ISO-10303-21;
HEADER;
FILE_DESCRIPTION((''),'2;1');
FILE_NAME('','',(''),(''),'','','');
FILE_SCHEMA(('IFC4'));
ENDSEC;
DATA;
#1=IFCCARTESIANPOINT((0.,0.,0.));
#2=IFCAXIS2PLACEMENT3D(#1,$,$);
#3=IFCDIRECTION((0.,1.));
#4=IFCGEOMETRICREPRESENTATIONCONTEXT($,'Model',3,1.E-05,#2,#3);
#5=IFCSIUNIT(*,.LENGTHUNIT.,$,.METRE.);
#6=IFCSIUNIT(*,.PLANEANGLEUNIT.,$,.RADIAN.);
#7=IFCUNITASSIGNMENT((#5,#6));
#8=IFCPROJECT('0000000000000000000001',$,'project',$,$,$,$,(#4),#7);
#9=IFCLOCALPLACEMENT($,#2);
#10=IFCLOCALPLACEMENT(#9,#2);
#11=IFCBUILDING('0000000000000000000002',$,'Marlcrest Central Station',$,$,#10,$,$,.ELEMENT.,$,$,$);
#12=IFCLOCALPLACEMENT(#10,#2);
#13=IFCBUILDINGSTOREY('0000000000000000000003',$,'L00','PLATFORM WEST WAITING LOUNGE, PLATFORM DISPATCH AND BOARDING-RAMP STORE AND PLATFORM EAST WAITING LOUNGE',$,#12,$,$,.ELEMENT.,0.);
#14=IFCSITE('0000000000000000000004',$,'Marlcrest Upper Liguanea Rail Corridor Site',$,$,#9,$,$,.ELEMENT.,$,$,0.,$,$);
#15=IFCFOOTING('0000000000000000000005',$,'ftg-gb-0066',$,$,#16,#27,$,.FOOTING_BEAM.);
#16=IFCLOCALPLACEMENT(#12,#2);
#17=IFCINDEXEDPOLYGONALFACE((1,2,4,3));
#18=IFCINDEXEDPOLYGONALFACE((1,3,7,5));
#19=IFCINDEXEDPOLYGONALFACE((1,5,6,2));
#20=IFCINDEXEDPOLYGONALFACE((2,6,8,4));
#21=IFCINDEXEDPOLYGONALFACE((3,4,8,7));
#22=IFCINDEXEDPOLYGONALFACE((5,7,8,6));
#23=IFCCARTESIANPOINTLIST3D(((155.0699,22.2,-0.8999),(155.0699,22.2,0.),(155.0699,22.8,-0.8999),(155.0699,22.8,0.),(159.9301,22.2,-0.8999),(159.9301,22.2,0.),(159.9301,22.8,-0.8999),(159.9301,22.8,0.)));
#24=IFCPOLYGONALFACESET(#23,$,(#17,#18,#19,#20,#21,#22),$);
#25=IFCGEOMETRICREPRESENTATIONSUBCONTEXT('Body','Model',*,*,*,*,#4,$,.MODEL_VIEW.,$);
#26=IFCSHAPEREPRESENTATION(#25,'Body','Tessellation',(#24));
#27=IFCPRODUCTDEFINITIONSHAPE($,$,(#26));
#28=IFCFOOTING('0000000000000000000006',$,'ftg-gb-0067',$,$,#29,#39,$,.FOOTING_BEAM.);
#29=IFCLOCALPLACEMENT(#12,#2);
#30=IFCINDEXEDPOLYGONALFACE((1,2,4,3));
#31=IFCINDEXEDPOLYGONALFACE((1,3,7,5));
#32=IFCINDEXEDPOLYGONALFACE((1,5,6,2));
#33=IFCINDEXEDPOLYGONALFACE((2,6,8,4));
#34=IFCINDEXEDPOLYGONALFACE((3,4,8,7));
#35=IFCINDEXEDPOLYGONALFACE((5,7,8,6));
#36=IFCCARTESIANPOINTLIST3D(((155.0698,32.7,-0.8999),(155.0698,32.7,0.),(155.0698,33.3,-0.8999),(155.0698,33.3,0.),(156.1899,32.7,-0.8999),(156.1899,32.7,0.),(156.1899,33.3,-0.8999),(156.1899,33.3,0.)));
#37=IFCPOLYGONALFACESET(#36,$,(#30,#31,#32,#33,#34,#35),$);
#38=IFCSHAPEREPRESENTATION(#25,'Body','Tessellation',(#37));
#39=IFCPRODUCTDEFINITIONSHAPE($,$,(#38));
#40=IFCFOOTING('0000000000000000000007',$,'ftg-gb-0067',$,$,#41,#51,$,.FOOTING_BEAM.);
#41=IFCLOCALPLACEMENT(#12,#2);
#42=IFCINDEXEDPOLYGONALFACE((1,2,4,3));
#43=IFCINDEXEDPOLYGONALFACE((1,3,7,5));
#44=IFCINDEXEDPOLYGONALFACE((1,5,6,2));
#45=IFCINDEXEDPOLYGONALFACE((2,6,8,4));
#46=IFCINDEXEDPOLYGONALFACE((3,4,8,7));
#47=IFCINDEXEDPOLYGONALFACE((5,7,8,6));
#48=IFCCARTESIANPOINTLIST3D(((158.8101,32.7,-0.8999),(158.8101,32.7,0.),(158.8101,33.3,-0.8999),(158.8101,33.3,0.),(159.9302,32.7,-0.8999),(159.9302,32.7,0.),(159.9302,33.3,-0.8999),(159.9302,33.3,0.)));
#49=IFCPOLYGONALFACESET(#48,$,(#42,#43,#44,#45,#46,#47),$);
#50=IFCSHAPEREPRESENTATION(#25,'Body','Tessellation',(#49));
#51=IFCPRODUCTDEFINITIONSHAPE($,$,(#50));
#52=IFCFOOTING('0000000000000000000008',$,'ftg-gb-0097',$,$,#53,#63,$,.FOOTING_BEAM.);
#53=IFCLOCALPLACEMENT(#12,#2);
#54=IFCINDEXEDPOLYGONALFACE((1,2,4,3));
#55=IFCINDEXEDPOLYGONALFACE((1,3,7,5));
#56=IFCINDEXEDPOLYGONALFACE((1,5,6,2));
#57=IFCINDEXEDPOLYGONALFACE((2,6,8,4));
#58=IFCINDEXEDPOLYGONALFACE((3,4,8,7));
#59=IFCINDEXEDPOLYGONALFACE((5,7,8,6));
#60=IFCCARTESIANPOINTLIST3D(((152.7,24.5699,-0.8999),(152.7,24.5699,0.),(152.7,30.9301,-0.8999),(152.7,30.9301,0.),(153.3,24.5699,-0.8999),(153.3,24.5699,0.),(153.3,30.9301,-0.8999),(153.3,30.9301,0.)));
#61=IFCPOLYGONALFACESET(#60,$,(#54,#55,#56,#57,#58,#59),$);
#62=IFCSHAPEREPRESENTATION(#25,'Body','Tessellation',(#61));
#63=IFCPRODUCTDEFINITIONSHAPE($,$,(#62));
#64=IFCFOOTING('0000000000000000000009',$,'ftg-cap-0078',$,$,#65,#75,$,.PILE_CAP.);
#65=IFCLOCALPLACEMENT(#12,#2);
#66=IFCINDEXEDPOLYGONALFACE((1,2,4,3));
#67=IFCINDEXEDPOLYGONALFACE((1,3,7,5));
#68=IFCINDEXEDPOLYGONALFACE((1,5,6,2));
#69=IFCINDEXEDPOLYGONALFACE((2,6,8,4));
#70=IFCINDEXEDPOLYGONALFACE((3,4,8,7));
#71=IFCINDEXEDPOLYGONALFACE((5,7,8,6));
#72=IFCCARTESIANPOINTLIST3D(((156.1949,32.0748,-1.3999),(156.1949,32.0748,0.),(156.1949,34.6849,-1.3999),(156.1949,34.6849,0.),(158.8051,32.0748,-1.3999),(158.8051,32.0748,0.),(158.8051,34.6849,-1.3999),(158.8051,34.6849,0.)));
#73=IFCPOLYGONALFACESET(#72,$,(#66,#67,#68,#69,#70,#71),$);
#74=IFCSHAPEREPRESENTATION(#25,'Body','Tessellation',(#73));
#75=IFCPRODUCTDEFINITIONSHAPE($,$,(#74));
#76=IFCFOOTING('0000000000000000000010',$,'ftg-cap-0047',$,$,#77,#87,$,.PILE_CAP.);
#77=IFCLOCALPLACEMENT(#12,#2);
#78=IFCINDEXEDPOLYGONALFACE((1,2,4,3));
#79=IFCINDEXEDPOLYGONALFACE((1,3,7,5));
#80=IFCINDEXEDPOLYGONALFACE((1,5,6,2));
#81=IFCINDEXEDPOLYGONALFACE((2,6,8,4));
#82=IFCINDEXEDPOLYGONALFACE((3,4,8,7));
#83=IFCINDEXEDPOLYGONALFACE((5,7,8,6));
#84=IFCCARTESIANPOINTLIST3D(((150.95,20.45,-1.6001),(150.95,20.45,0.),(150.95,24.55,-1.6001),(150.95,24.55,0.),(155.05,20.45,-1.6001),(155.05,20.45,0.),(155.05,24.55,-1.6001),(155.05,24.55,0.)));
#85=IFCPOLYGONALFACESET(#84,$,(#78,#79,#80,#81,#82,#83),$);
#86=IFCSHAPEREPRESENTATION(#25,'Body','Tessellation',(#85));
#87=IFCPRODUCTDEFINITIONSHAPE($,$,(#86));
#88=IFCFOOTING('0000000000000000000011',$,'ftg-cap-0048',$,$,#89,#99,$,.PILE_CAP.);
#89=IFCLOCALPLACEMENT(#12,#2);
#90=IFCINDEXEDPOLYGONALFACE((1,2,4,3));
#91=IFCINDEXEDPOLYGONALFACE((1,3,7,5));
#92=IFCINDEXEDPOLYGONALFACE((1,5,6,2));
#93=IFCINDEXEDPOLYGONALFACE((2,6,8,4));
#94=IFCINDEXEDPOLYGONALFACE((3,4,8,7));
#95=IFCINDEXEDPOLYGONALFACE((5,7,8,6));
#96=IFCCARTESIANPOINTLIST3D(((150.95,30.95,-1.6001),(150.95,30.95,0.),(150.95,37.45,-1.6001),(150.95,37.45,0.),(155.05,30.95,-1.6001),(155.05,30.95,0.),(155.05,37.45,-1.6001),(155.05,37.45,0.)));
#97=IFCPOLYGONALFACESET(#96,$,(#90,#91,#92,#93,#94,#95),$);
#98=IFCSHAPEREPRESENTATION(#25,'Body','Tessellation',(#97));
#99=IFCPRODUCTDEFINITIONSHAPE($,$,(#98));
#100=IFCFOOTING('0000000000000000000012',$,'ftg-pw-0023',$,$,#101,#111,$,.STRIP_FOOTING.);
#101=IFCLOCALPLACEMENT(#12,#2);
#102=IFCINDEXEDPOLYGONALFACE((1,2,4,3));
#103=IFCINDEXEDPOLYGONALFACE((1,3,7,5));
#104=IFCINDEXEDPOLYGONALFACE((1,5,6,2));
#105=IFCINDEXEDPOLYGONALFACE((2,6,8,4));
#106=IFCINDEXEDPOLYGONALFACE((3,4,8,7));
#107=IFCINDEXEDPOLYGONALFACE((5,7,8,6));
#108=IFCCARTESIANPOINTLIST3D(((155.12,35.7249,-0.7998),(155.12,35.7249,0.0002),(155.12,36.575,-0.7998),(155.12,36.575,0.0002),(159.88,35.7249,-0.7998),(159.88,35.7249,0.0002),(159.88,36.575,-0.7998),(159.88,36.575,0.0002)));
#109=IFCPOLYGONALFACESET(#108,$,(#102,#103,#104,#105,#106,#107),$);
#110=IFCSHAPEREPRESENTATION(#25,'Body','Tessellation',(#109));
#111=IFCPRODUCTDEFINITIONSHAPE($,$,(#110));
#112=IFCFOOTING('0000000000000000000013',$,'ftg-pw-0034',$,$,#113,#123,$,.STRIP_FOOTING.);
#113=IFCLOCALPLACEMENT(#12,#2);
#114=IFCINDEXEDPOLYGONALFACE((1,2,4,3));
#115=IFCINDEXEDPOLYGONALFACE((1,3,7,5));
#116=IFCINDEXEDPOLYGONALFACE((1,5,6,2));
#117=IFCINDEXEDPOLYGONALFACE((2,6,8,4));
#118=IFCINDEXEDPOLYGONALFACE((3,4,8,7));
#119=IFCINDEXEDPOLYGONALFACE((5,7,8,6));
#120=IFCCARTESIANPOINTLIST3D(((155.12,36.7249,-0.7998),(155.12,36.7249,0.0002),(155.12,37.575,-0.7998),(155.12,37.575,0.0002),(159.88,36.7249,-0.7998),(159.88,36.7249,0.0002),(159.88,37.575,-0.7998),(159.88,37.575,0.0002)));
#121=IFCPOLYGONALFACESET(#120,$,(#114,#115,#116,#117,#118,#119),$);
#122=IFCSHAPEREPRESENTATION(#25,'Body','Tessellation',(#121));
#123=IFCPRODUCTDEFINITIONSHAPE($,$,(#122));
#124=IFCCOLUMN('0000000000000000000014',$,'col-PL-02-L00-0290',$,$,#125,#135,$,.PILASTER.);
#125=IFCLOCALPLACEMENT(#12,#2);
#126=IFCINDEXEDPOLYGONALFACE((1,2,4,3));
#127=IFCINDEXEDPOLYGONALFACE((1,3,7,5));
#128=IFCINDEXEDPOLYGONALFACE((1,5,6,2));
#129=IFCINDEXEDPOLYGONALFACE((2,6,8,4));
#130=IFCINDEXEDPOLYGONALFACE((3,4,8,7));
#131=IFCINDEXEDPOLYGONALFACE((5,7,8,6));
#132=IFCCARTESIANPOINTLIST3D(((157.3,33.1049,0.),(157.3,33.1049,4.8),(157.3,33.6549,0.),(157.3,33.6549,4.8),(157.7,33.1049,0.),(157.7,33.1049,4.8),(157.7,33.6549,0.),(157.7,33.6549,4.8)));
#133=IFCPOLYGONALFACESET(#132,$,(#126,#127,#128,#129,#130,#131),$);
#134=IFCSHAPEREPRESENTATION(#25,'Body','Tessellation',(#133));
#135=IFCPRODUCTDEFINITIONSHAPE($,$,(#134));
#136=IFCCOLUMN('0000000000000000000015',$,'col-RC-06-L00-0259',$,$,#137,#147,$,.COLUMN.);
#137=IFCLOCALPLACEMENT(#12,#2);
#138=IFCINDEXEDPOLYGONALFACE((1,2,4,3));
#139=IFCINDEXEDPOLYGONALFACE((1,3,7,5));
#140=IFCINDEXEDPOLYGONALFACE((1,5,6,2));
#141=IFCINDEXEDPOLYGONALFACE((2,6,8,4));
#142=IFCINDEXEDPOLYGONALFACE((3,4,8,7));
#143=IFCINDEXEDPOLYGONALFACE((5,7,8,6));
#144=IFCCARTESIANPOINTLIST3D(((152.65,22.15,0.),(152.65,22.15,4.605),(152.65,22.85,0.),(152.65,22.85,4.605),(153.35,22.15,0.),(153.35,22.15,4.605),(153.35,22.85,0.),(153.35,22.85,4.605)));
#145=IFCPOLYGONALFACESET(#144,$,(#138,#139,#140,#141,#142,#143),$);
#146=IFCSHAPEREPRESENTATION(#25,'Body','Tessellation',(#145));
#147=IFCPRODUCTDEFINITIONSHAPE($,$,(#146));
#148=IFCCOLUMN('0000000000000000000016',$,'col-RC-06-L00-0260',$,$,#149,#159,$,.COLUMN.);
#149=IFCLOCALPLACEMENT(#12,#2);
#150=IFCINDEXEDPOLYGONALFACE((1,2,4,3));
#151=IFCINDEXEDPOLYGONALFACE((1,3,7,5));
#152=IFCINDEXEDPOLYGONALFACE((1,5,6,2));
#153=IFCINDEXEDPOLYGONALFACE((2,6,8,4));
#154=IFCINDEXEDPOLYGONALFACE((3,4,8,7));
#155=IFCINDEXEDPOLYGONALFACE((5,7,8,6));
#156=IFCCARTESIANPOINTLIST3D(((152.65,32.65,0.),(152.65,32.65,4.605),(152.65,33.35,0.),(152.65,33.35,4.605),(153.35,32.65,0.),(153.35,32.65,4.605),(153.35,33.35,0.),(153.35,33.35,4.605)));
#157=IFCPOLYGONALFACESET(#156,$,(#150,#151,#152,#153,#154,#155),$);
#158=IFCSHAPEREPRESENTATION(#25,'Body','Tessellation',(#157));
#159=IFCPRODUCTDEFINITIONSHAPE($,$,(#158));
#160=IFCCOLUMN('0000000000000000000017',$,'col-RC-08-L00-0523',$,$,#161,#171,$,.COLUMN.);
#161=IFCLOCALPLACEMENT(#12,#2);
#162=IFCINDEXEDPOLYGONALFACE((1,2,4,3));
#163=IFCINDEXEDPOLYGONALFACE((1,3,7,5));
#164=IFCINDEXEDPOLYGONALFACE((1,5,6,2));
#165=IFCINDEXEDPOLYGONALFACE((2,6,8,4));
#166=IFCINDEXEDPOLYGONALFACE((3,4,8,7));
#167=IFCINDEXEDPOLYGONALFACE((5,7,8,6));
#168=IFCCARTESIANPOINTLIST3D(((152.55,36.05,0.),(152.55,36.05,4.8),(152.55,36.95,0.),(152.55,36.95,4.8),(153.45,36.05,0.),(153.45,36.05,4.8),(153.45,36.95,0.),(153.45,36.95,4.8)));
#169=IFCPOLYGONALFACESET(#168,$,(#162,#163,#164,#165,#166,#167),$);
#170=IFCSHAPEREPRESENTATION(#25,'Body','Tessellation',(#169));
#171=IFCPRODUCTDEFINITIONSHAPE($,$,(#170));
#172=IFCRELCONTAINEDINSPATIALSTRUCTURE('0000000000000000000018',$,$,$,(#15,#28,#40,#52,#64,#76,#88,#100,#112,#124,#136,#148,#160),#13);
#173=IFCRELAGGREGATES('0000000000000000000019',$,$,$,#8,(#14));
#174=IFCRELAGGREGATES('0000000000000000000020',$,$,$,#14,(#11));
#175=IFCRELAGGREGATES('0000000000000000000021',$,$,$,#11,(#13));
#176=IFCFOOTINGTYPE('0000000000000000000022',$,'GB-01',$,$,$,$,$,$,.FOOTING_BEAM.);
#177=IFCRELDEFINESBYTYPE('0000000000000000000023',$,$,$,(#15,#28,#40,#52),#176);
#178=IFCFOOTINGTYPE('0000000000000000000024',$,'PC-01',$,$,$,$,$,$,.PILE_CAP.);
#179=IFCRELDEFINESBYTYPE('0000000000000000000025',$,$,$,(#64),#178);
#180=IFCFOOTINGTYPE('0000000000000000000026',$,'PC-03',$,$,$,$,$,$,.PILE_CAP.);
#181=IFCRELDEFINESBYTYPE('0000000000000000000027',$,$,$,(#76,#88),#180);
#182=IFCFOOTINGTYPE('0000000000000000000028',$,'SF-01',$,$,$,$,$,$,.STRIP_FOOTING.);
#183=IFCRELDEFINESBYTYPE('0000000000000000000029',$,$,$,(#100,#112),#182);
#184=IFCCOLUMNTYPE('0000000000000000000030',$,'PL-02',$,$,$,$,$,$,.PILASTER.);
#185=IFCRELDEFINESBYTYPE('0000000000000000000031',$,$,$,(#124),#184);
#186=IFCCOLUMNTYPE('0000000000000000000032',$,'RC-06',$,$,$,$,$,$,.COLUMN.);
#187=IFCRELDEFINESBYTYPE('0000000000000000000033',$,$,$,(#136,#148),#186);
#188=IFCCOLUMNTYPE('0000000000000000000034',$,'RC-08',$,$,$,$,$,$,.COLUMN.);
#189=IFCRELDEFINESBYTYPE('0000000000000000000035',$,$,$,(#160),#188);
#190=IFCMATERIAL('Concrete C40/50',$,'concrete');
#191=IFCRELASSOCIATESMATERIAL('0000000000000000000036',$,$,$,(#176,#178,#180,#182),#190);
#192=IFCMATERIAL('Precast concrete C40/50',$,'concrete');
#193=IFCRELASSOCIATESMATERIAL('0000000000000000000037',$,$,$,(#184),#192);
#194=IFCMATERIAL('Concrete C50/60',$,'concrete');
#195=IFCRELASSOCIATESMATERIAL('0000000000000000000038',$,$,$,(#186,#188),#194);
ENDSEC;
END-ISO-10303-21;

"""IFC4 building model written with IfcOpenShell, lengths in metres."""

from ifc_helpers import new_model, si_unit, direction, frame, origin, origin_2d, place, context, subcontext, project, spatial, rectangle, extrude, material, material_profile, profile_set, type_object, element, save


model = new_model("IFC4")

# Units and contexts
model_context = context("Model", 3, precision=1e-05, world=origin(), true_north=direction((0.0, 1.0)))
body_context = subcontext(model_context, "Body", "Model", "MODEL_VIEW")
ifc_project = project(units=[si_unit("LENGTHUNIT", "METRE"), si_unit("PLANEANGLEUNIT", "RADIAN")], contexts=[model_context])

# Site, building, storey
site_placement = place(None, origin())
site = spatial("IfcSite", under=ifc_project, at=site_placement, Name="Marlcrest Upper Liguanea Rail Corridor Site", CompositionType="ELEMENT", RefElevation=0.0)
building_placement = place(site_placement, origin())
building = spatial("IfcBuilding", under=site, at=building_placement, Name="Marlcrest Central Station", CompositionType="ELEMENT")
storey_placement = place(building_placement, origin())
storey = spatial("IfcBuildingStorey", under=building, at=storey_placement, Name="L00", Description="PLATFORM WEST WAITING LOUNGE, PLATFORM DISPATCH AND BOARDING-RAMP STORE AND PLATFORM EAST WAITING LOUNGE", CompositionType="ELEMENT", Elevation=0.0)

# Footings
ifc_material_1 = material(Name="Concrete C40/50", Category="concrete")
footing_type_1 = type_object("IfcFootingType", Name="GB-01", PredefinedType="FOOTING_BEAM", material=ifc_material_1)
footing_1_placement = place(storey_placement, frame((157.5, 22.5, -0.8999), z_axis=(0.0, 0.0, 1.0), x_axis=(1.0, 0.0, 0.0)))
element("IfcFooting", 1, at=footing_1_placement, inside=storey, type_object=footing_type_1, Name="ftg-gb-0066", PredefinedType="FOOTING_BEAM", context=body_context, shape_type="SweptSolid", body=[
    extrude(rectangle(XDim=4.8601, YDim=0.6001, at=origin_2d()), origin(), (0.0, 0.0, 1.0), 0.8999),
])
for number, where, z_axis, x_axis, name in (
    (2, (155.6299, 33.0, -0.8999), (0.0, 0.0, 1.0), (1.0, 0.0, 0.0), "ftg-gb-0067"),
    (3, (159.3701, 33.0, -0.8999), (0.0, 0.0, 1.0), (1.0, 0.0, 0.0), "ftg-gb-0067"),
):
    element("IfcFooting", number, at=place(storey_placement, frame(where, z_axis=z_axis, x_axis=x_axis)), inside=storey, type_object=footing_type_1, Name=name, PredefinedType="FOOTING_BEAM", context=body_context, shape_type="SweptSolid", body=[
        extrude(rectangle(XDim=1.1201, YDim=0.6001, at=origin_2d()), origin(), (0.0, 0.0, 1.0), 0.8999),
    ])
footing_2_placement = place(storey_placement, frame((153.0, 27.75, -0.8999), z_axis=(0.0, 0.0, 1.0), x_axis=(1.0, 0.0, 0.0)))
element("IfcFooting", 4, at=footing_2_placement, inside=storey, type_object=footing_type_1, Name="ftg-gb-0097", PredefinedType="FOOTING_BEAM", context=body_context, shape_type="SweptSolid", body=[
    extrude(rectangle(XDim=0.6001, YDim=6.3601, at=origin_2d()), origin(), (0.0, 0.0, 1.0), 0.8999),
])
footing_type_2 = type_object("IfcFootingType", Name="PC-01", PredefinedType="PILE_CAP", material=ifc_material_1)
footing_3_placement = place(storey_placement, frame((157.5, 33.3799, -1.3999), z_axis=(0.0, 0.0, 1.0), x_axis=(1.0, 0.0, 0.0)))
element("IfcFooting", 5, at=footing_3_placement, inside=storey, type_object=footing_type_2, Name="ftg-cap-0078", PredefinedType="PILE_CAP", context=body_context, shape_type="SweptSolid", body=[
    extrude(rectangle(XDim=2.6101, YDim=2.6101, at=origin_2d()), origin(), (0.0, 0.0, 1.0), 1.3999),
])
footing_type_3 = type_object("IfcFootingType", Name="PC-03", PredefinedType="PILE_CAP", material=ifc_material_1)
footing_4_placement = place(storey_placement, frame((153.0, 22.5, -1.6001), z_axis=(0.0, 0.0, 1.0), x_axis=(1.0, 0.0, 0.0)))
element("IfcFooting", 6, at=footing_4_placement, inside=storey, type_object=footing_type_3, Name="ftg-cap-0047", PredefinedType="PILE_CAP", context=body_context, shape_type="SweptSolid", body=[
    extrude(rectangle(XDim=4.1001, YDim=4.1001, at=origin_2d()), origin(), (0.0, 0.0, 1.0), 1.6001),
])
footing_5_placement = place(storey_placement, frame((153.0, 34.2, -1.6001), z_axis=(0.0, 0.0, 1.0), x_axis=(1.0, 0.0, 0.0)))
element("IfcFooting", 7, at=footing_5_placement, inside=storey, type_object=footing_type_3, Name="ftg-cap-0048", PredefinedType="PILE_CAP", context=body_context, shape_type="SweptSolid", body=[
    extrude(rectangle(XDim=4.1001, YDim=6.5, at=origin_2d()), origin(), (0.0, 0.0, 1.0), 1.6001),
])
footing_type_4 = type_object("IfcFootingType", Name="SF-01", PredefinedType="STRIP_FOOTING", material=ifc_material_1)
for number, where, z_axis, x_axis, name in (
    (8, (157.5, 36.1499, -0.7998), (0.0, 0.0, 1.0), (1.0, 0.0, 0.0), "ftg-pw-0023"),
    (9, (157.5, 37.1499, -0.7998), (0.0, 0.0, 1.0), (1.0, 0.0, 0.0), "ftg-pw-0034"),
):
    element("IfcFooting", number, at=place(storey_placement, frame(where, z_axis=z_axis, x_axis=x_axis)), inside=storey, type_object=footing_type_4, Name=name, PredefinedType="STRIP_FOOTING", context=body_context, shape_type="SweptSolid", body=[
        extrude(rectangle(XDim=4.76, YDim=0.8501, at=origin_2d()), origin(), (0.0, 0.0, 1.0), 0.8),
    ])

# Columns
ifc_material_2 = material(Name="Precast concrete C40/50", Category="concrete")
ifc_material_profile_1 = material_profile(ifc_material_2, rectangle(XDim=0.3999, YDim=0.55, at=origin_2d()), Name="PIL 400x550")
ifc_profile_set_1 = profile_set([ifc_material_profile_1], Name="Precast concrete C40/50")
column_type_1 = type_object("IfcColumnType", Name="PL-02", PredefinedType="PILASTER", material=ifc_profile_set_1)
column_1_placement = place(storey_placement, frame((157.5, 33.3799, 0.0), z_axis=(0.0, 0.0, 1.0), x_axis=(1.0, 0.0, 0.0)))
element("IfcColumn", 10, at=column_1_placement, inside=storey, type_object=column_type_1, Name="col-PL-02-L00-0290", PredefinedType="PILASTER", context=body_context, shape_type="SweptSolid", body=[
    extrude(rectangle(XDim=0.3999, YDim=0.55, at=origin_2d()), origin(), (0.0, 0.0, 1.0), 4.8),
])
ifc_material_3 = material(Name="Concrete C50/60", Category="concrete")
ifc_material_profile_2 = material_profile(ifc_material_3, rectangle(XDim=0.7, YDim=0.7, at=origin_2d()), Name="RC 700x700")
ifc_profile_set_2 = profile_set([ifc_material_profile_2], Name="Concrete C50/60")
column_type_2 = type_object("IfcColumnType", Name="RC-06", PredefinedType="COLUMN", material=ifc_profile_set_2)
for number, where, z_axis, x_axis, name in (
    (11, (153.0, 22.5, 0.0), (0.0, 0.0, 1.0), (1.0, 0.0, 0.0), "col-RC-06-L00-0259"),
    (12, (153.0, 33.0, 0.0), (0.0, 0.0, 1.0), (1.0, 0.0, 0.0), "col-RC-06-L00-0260"),
):
    element("IfcColumn", number, at=place(storey_placement, frame(where, z_axis=z_axis, x_axis=x_axis)), inside=storey, type_object=column_type_2, Name=name, PredefinedType="COLUMN", context=body_context, shape_type="SweptSolid", body=[
        extrude(rectangle(XDim=0.7, YDim=0.7, at=origin_2d()), origin(), (0.0, 0.0, 1.0), 4.605),
    ])
ifc_material_profile_3 = material_profile(ifc_material_3, rectangle(XDim=0.8999, YDim=0.8999, at=origin_2d()), Name="RC 900x900")
ifc_profile_set_3 = profile_set([ifc_material_profile_3], Name="Concrete C50/60")
column_type_3 = type_object("IfcColumnType", Name="RC-08", PredefinedType="COLUMN", material=ifc_profile_set_3)
column_2_placement = place(storey_placement, frame((153.0, 36.5, 0.0), z_axis=(0.0, 0.0, 1.0), x_axis=(1.0, 0.0, 0.0)))
element("IfcColumn", 13, at=column_2_placement, inside=storey, type_object=column_type_3, Name="col-RC-08-L00-0523", PredefinedType="COLUMN", context=body_context, shape_type="SweptSolid", body=[
    extrude(rectangle(XDim=0.8999, YDim=0.8999, at=origin_2d()), origin(), (0.0, 0.0, 1.0), 4.8),
])

save(model, "model.ifc")
